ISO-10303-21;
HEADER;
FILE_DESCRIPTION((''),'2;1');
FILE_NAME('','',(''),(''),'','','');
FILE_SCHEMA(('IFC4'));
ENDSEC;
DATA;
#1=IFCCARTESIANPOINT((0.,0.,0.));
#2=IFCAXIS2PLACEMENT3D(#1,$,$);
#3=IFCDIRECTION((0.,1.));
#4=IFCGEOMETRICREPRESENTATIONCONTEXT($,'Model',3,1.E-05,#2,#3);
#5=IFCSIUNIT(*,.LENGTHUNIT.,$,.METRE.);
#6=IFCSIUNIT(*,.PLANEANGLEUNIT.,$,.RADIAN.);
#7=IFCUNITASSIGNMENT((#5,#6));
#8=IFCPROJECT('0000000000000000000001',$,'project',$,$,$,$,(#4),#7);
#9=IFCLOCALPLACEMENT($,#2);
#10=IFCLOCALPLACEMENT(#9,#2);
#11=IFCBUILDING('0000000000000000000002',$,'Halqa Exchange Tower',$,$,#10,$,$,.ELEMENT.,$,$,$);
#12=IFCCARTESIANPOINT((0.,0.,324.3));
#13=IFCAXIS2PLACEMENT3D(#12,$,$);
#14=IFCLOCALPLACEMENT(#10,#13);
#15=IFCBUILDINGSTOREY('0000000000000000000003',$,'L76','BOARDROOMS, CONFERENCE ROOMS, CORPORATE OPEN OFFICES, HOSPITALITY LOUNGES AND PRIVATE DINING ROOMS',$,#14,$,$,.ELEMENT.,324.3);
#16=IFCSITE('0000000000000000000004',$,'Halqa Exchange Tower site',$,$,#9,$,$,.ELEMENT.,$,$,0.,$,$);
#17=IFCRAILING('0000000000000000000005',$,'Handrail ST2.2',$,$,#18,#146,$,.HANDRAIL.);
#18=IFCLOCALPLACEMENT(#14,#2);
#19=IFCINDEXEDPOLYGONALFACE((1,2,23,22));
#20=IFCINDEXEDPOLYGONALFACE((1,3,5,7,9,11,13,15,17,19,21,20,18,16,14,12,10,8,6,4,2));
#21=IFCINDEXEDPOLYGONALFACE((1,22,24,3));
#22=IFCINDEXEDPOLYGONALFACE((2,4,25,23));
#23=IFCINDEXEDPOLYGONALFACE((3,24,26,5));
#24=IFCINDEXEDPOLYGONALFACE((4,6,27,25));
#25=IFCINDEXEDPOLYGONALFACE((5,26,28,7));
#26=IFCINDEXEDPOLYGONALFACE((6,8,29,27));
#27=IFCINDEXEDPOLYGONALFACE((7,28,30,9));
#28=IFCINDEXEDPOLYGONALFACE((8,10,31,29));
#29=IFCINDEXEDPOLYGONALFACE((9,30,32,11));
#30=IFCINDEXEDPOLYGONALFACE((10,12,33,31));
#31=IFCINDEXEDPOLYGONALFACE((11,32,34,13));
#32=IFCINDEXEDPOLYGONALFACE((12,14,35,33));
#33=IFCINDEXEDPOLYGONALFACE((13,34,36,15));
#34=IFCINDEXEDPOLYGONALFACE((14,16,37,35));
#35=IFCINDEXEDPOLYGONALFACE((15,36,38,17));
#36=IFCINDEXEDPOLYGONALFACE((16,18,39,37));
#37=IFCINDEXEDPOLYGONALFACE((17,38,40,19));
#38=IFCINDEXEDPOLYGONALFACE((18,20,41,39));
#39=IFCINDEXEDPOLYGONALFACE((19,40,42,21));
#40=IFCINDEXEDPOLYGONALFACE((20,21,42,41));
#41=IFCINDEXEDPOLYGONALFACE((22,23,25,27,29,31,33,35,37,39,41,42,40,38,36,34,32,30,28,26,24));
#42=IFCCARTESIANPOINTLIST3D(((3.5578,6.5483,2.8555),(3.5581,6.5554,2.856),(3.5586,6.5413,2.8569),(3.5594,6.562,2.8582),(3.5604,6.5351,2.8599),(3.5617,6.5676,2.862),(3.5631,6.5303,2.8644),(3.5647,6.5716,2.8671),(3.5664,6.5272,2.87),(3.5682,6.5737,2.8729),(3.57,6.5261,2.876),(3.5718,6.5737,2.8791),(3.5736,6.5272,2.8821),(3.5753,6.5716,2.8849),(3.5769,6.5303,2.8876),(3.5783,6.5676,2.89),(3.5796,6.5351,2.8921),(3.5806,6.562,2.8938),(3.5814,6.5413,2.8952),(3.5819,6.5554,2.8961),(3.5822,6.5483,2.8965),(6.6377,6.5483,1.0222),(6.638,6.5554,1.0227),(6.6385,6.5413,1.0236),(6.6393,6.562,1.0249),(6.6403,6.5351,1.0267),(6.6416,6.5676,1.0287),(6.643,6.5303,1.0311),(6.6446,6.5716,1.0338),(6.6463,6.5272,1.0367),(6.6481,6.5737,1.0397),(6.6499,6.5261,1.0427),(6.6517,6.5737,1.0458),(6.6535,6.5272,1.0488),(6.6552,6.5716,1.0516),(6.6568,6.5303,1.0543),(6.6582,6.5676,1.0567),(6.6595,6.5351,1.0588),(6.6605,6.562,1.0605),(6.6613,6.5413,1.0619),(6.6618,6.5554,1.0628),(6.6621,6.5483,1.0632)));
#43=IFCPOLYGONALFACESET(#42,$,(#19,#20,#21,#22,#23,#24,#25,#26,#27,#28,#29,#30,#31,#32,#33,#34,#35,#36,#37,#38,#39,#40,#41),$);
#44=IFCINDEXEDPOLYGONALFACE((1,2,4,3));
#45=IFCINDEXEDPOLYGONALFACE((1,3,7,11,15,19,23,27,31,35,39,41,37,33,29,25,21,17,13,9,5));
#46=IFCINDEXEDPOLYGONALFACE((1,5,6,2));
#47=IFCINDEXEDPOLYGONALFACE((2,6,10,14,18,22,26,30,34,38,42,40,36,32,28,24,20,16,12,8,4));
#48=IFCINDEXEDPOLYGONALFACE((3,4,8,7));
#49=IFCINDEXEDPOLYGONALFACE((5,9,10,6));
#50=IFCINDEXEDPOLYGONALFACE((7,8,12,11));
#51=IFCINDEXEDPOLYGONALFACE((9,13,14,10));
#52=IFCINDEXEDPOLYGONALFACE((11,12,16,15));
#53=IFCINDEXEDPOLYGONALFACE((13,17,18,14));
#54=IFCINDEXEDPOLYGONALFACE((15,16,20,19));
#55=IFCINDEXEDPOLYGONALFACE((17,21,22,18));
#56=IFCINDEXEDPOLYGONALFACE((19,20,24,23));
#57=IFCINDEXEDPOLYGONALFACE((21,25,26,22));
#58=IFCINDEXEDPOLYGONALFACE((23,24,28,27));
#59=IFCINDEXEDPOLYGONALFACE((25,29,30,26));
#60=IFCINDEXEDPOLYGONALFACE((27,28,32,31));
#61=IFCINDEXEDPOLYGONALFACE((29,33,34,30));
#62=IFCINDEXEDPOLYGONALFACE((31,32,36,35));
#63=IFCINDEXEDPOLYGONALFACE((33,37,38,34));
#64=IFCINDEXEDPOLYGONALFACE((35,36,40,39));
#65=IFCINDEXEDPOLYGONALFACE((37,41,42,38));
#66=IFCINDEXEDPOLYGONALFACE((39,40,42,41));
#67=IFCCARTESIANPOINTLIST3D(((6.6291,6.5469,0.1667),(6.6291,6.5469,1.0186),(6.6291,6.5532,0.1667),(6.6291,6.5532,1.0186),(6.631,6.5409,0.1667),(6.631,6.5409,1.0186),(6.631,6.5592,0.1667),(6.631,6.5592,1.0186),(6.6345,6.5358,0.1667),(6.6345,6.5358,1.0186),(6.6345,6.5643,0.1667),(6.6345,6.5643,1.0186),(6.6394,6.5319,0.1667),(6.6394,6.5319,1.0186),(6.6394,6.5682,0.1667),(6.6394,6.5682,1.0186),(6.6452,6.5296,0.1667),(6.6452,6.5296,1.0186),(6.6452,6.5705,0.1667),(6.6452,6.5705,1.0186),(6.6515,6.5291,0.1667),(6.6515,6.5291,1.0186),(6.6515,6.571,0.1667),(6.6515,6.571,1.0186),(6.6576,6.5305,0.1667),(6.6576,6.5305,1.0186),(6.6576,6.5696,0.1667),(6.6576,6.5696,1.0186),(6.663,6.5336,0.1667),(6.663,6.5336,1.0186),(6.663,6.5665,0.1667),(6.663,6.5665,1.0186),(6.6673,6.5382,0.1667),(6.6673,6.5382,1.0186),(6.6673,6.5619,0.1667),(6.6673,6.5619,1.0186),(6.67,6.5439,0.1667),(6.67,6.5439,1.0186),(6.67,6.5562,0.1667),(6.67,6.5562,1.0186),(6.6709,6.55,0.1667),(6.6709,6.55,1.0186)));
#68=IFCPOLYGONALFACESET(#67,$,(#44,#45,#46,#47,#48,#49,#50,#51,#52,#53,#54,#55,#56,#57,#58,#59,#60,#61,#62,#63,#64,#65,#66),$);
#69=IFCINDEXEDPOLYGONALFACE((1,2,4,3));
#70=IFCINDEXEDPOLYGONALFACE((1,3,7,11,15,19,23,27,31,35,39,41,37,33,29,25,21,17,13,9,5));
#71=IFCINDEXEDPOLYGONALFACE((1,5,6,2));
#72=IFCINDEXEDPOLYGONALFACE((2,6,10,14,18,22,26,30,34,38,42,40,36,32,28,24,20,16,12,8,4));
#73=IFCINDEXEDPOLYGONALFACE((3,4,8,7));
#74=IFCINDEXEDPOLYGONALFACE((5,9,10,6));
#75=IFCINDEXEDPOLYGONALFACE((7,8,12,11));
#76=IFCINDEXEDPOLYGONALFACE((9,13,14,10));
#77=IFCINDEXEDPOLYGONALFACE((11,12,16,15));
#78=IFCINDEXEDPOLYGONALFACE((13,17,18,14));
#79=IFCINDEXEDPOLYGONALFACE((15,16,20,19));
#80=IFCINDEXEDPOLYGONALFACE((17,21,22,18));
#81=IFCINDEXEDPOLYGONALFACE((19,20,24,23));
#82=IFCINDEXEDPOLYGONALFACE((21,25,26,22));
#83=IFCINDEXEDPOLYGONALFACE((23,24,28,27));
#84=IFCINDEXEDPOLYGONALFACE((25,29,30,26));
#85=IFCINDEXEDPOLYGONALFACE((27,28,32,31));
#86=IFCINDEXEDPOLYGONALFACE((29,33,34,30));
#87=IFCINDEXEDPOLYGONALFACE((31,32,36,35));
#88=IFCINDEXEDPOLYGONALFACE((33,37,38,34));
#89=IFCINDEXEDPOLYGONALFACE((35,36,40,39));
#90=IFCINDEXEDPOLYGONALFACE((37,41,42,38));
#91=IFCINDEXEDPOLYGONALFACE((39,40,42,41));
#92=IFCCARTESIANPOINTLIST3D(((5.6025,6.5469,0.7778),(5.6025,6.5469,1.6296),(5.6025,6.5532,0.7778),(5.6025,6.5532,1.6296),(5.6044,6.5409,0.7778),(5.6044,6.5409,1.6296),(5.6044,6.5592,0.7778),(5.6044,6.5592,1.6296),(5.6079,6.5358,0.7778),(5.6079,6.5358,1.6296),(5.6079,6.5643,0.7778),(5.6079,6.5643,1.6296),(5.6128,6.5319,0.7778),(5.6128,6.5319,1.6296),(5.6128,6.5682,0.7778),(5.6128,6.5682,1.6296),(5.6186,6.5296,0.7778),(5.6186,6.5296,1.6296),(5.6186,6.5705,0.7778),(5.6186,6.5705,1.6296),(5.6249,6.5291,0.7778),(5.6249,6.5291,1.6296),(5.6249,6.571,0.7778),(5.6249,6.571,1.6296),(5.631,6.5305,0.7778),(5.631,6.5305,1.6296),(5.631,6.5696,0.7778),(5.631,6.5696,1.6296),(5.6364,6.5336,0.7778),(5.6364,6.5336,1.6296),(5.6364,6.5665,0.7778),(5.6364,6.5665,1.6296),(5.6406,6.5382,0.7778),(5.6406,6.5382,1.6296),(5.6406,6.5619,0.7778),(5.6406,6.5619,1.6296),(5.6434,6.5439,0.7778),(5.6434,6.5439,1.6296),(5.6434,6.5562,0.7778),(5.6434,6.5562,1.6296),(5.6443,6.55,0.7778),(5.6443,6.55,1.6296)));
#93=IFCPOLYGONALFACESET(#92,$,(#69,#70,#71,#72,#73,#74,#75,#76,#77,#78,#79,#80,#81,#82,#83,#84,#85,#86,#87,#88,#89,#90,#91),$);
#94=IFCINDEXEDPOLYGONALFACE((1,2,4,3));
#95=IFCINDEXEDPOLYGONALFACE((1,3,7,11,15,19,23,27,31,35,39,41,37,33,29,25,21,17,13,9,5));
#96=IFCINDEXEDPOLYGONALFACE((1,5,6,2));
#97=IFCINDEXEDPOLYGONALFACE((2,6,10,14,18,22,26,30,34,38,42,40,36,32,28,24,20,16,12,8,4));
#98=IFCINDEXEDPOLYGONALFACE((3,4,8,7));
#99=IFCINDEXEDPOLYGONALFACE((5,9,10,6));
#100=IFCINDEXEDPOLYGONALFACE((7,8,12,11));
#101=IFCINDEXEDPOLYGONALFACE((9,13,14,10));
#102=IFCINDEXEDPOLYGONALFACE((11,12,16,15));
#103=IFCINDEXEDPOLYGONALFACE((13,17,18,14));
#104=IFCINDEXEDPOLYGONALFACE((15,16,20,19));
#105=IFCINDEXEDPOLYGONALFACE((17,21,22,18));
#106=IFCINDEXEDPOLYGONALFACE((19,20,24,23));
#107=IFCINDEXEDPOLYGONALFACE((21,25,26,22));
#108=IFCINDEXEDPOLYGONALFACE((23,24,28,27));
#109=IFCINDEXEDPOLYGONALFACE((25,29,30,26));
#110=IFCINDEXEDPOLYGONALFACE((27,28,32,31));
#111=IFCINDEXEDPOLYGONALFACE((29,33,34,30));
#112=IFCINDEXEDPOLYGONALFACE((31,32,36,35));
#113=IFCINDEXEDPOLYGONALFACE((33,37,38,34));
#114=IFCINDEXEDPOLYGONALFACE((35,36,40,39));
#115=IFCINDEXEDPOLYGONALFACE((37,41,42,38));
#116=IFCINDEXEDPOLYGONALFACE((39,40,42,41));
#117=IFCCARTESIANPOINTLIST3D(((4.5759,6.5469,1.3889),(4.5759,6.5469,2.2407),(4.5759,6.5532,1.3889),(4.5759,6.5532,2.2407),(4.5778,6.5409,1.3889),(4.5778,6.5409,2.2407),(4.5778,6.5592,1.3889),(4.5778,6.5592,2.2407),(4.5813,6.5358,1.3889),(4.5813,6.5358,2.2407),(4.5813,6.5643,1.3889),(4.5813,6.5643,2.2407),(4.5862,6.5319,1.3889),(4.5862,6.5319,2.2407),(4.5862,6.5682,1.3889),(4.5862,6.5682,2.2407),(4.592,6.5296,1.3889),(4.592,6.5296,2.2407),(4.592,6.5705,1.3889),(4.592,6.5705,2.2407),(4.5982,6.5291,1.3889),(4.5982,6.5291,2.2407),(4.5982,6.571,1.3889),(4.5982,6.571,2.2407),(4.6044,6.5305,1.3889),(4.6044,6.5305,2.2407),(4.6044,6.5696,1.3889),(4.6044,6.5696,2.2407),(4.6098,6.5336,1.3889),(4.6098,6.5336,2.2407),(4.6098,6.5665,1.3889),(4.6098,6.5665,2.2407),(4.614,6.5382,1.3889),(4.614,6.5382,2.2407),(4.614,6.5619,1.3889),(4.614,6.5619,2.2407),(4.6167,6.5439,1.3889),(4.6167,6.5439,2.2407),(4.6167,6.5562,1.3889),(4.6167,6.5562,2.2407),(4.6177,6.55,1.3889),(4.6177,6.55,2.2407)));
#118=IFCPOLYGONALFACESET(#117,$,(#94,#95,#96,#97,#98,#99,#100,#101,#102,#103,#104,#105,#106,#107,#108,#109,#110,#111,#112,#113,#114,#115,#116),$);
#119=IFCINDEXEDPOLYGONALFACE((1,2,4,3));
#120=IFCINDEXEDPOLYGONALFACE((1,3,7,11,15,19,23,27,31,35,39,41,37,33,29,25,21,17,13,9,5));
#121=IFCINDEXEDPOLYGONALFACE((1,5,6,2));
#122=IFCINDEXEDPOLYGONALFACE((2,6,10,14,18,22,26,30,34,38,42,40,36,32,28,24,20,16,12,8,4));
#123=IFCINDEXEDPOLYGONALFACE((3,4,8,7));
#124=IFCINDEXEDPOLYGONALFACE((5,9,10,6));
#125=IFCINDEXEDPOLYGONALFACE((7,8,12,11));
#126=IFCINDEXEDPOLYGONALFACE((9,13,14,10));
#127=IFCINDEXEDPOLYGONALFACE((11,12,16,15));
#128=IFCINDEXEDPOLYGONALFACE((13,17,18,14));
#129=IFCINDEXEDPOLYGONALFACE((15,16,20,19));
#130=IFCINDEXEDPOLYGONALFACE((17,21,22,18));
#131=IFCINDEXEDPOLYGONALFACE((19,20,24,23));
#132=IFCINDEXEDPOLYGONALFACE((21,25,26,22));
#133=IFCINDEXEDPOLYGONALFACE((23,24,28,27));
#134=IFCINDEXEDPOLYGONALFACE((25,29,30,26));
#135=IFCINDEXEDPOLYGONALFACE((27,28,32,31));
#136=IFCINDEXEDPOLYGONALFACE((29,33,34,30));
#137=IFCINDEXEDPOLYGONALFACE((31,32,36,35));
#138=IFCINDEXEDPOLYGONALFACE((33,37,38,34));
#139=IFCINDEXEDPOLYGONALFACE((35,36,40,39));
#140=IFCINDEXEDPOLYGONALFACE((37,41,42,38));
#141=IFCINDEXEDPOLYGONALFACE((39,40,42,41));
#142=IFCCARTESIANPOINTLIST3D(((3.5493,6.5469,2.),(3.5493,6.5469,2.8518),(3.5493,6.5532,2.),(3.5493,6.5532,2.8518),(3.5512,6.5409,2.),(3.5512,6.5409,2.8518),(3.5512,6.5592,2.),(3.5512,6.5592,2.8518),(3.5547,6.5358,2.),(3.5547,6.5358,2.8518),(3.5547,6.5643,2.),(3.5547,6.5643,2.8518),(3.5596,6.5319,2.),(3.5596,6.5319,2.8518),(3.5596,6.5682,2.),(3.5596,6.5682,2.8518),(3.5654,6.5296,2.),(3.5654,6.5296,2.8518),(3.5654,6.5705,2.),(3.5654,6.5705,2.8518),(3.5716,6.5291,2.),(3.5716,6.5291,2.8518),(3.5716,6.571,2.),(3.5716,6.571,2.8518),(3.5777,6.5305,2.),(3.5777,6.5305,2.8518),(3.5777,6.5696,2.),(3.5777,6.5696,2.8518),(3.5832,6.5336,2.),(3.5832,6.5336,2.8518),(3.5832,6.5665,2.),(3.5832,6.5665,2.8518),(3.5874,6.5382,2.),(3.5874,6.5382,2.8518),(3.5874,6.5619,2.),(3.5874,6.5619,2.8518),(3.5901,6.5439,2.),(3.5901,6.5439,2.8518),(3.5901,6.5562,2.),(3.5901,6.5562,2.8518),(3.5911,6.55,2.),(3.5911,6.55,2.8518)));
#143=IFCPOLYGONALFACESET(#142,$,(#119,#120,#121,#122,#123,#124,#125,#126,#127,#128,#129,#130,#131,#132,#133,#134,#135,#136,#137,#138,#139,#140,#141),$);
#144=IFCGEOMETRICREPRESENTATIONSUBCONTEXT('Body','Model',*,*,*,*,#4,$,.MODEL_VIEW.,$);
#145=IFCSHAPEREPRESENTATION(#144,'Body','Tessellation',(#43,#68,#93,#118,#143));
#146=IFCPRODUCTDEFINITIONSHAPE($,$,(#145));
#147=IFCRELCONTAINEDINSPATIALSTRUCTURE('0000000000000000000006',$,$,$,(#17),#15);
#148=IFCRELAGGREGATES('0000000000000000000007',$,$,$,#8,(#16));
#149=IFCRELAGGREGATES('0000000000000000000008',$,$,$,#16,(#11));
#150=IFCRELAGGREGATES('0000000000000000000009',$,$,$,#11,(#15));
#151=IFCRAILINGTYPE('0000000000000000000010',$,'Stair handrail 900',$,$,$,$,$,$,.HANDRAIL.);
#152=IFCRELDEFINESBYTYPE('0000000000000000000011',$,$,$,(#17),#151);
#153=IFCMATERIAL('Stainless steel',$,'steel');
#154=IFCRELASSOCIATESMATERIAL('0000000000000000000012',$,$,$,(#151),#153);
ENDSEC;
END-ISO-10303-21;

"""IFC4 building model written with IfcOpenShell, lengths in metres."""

from ifc_helpers import new_model, si_unit, direction, frame, origin, origin_2d, place, context, subcontext, project, spatial, circle, extrude, material, type_object, element, save


model = new_model("IFC4")

# Units and contexts
model_context = context("Model", 3, precision=1e-05, world=origin(), true_north=direction((0.0, 1.0)))
body_context = subcontext(model_context, "Body", "Model", "MODEL_VIEW")
ifc_project = project(units=[si_unit("LENGTHUNIT", "METRE"), si_unit("PLANEANGLEUNIT", "RADIAN")], contexts=[model_context])

# Site, building, storey
site_placement = place(None, origin())
site = spatial("IfcSite", under=ifc_project, at=site_placement, Name="Halqa Exchange Tower site", CompositionType="ELEMENT", RefElevation=0.0)
building_placement = place(site_placement, origin())
building = spatial("IfcBuilding", under=site, at=building_placement, Name="Halqa Exchange Tower", CompositionType="ELEMENT")
storey_placement = place(building_placement, frame((0.0, 0.0, 324.3)))
storey = spatial("IfcBuildingStorey", under=building, at=storey_placement, Name="L76", Description="BOARDROOMS, CONFERENCE ROOMS, CORPORATE OPEN OFFICES, HOSPITALITY LOUNGES AND PRIVATE DINING ROOMS", CompositionType="ELEMENT", Elevation=324.3)

# Railing
ifc_material_1 = material(Name="Stainless steel", Category="steel")
railing_type_1 = type_object("IfcRailingType", Name="Stair handrail 900", PredefinedType="HANDRAIL", material=ifc_material_1)
railing_1_placement = place(storey_placement, frame((6.6499, 6.55, 0.1667)))
element("IfcRailing", 1, at=railing_1_placement, inside=storey, type_object=railing_type_1, Name="Handrail ST2.2", PredefinedType="HANDRAIL", context=body_context, shape_type="SweptSolid", body=[
    extrude(circle(Radius=0.0239, at=origin_2d()), frame((0.0, 0.0, 0.876), z_axis=(-0.859291, 0.0, 0.511487), x_axis=(0.0, -1.0, 0.0)), (0.0, 0.0, 1.0), 3.5842),
    extrude(circle(Radius=0.021, at=origin_2d()), origin(), (0.0, 0.0, 1.0), 0.8518),
    extrude(circle(Radius=0.021, at=origin_2d()), frame((-1.0266, 0.0, 0.6111)), (0.0, 0.0, 1.0), 0.8518),
    extrude(circle(Radius=0.021, at=origin_2d()), frame((-2.0532, 0.0, 1.2222)), (0.0, 0.0, 1.0), 0.8518),
    extrude(circle(Radius=0.021, at=origin_2d()), frame((-3.0798, 0.0, 1.8333)), (0.0, 0.0, 1.0), 0.8518),
])

save(model, "model.ifc")
